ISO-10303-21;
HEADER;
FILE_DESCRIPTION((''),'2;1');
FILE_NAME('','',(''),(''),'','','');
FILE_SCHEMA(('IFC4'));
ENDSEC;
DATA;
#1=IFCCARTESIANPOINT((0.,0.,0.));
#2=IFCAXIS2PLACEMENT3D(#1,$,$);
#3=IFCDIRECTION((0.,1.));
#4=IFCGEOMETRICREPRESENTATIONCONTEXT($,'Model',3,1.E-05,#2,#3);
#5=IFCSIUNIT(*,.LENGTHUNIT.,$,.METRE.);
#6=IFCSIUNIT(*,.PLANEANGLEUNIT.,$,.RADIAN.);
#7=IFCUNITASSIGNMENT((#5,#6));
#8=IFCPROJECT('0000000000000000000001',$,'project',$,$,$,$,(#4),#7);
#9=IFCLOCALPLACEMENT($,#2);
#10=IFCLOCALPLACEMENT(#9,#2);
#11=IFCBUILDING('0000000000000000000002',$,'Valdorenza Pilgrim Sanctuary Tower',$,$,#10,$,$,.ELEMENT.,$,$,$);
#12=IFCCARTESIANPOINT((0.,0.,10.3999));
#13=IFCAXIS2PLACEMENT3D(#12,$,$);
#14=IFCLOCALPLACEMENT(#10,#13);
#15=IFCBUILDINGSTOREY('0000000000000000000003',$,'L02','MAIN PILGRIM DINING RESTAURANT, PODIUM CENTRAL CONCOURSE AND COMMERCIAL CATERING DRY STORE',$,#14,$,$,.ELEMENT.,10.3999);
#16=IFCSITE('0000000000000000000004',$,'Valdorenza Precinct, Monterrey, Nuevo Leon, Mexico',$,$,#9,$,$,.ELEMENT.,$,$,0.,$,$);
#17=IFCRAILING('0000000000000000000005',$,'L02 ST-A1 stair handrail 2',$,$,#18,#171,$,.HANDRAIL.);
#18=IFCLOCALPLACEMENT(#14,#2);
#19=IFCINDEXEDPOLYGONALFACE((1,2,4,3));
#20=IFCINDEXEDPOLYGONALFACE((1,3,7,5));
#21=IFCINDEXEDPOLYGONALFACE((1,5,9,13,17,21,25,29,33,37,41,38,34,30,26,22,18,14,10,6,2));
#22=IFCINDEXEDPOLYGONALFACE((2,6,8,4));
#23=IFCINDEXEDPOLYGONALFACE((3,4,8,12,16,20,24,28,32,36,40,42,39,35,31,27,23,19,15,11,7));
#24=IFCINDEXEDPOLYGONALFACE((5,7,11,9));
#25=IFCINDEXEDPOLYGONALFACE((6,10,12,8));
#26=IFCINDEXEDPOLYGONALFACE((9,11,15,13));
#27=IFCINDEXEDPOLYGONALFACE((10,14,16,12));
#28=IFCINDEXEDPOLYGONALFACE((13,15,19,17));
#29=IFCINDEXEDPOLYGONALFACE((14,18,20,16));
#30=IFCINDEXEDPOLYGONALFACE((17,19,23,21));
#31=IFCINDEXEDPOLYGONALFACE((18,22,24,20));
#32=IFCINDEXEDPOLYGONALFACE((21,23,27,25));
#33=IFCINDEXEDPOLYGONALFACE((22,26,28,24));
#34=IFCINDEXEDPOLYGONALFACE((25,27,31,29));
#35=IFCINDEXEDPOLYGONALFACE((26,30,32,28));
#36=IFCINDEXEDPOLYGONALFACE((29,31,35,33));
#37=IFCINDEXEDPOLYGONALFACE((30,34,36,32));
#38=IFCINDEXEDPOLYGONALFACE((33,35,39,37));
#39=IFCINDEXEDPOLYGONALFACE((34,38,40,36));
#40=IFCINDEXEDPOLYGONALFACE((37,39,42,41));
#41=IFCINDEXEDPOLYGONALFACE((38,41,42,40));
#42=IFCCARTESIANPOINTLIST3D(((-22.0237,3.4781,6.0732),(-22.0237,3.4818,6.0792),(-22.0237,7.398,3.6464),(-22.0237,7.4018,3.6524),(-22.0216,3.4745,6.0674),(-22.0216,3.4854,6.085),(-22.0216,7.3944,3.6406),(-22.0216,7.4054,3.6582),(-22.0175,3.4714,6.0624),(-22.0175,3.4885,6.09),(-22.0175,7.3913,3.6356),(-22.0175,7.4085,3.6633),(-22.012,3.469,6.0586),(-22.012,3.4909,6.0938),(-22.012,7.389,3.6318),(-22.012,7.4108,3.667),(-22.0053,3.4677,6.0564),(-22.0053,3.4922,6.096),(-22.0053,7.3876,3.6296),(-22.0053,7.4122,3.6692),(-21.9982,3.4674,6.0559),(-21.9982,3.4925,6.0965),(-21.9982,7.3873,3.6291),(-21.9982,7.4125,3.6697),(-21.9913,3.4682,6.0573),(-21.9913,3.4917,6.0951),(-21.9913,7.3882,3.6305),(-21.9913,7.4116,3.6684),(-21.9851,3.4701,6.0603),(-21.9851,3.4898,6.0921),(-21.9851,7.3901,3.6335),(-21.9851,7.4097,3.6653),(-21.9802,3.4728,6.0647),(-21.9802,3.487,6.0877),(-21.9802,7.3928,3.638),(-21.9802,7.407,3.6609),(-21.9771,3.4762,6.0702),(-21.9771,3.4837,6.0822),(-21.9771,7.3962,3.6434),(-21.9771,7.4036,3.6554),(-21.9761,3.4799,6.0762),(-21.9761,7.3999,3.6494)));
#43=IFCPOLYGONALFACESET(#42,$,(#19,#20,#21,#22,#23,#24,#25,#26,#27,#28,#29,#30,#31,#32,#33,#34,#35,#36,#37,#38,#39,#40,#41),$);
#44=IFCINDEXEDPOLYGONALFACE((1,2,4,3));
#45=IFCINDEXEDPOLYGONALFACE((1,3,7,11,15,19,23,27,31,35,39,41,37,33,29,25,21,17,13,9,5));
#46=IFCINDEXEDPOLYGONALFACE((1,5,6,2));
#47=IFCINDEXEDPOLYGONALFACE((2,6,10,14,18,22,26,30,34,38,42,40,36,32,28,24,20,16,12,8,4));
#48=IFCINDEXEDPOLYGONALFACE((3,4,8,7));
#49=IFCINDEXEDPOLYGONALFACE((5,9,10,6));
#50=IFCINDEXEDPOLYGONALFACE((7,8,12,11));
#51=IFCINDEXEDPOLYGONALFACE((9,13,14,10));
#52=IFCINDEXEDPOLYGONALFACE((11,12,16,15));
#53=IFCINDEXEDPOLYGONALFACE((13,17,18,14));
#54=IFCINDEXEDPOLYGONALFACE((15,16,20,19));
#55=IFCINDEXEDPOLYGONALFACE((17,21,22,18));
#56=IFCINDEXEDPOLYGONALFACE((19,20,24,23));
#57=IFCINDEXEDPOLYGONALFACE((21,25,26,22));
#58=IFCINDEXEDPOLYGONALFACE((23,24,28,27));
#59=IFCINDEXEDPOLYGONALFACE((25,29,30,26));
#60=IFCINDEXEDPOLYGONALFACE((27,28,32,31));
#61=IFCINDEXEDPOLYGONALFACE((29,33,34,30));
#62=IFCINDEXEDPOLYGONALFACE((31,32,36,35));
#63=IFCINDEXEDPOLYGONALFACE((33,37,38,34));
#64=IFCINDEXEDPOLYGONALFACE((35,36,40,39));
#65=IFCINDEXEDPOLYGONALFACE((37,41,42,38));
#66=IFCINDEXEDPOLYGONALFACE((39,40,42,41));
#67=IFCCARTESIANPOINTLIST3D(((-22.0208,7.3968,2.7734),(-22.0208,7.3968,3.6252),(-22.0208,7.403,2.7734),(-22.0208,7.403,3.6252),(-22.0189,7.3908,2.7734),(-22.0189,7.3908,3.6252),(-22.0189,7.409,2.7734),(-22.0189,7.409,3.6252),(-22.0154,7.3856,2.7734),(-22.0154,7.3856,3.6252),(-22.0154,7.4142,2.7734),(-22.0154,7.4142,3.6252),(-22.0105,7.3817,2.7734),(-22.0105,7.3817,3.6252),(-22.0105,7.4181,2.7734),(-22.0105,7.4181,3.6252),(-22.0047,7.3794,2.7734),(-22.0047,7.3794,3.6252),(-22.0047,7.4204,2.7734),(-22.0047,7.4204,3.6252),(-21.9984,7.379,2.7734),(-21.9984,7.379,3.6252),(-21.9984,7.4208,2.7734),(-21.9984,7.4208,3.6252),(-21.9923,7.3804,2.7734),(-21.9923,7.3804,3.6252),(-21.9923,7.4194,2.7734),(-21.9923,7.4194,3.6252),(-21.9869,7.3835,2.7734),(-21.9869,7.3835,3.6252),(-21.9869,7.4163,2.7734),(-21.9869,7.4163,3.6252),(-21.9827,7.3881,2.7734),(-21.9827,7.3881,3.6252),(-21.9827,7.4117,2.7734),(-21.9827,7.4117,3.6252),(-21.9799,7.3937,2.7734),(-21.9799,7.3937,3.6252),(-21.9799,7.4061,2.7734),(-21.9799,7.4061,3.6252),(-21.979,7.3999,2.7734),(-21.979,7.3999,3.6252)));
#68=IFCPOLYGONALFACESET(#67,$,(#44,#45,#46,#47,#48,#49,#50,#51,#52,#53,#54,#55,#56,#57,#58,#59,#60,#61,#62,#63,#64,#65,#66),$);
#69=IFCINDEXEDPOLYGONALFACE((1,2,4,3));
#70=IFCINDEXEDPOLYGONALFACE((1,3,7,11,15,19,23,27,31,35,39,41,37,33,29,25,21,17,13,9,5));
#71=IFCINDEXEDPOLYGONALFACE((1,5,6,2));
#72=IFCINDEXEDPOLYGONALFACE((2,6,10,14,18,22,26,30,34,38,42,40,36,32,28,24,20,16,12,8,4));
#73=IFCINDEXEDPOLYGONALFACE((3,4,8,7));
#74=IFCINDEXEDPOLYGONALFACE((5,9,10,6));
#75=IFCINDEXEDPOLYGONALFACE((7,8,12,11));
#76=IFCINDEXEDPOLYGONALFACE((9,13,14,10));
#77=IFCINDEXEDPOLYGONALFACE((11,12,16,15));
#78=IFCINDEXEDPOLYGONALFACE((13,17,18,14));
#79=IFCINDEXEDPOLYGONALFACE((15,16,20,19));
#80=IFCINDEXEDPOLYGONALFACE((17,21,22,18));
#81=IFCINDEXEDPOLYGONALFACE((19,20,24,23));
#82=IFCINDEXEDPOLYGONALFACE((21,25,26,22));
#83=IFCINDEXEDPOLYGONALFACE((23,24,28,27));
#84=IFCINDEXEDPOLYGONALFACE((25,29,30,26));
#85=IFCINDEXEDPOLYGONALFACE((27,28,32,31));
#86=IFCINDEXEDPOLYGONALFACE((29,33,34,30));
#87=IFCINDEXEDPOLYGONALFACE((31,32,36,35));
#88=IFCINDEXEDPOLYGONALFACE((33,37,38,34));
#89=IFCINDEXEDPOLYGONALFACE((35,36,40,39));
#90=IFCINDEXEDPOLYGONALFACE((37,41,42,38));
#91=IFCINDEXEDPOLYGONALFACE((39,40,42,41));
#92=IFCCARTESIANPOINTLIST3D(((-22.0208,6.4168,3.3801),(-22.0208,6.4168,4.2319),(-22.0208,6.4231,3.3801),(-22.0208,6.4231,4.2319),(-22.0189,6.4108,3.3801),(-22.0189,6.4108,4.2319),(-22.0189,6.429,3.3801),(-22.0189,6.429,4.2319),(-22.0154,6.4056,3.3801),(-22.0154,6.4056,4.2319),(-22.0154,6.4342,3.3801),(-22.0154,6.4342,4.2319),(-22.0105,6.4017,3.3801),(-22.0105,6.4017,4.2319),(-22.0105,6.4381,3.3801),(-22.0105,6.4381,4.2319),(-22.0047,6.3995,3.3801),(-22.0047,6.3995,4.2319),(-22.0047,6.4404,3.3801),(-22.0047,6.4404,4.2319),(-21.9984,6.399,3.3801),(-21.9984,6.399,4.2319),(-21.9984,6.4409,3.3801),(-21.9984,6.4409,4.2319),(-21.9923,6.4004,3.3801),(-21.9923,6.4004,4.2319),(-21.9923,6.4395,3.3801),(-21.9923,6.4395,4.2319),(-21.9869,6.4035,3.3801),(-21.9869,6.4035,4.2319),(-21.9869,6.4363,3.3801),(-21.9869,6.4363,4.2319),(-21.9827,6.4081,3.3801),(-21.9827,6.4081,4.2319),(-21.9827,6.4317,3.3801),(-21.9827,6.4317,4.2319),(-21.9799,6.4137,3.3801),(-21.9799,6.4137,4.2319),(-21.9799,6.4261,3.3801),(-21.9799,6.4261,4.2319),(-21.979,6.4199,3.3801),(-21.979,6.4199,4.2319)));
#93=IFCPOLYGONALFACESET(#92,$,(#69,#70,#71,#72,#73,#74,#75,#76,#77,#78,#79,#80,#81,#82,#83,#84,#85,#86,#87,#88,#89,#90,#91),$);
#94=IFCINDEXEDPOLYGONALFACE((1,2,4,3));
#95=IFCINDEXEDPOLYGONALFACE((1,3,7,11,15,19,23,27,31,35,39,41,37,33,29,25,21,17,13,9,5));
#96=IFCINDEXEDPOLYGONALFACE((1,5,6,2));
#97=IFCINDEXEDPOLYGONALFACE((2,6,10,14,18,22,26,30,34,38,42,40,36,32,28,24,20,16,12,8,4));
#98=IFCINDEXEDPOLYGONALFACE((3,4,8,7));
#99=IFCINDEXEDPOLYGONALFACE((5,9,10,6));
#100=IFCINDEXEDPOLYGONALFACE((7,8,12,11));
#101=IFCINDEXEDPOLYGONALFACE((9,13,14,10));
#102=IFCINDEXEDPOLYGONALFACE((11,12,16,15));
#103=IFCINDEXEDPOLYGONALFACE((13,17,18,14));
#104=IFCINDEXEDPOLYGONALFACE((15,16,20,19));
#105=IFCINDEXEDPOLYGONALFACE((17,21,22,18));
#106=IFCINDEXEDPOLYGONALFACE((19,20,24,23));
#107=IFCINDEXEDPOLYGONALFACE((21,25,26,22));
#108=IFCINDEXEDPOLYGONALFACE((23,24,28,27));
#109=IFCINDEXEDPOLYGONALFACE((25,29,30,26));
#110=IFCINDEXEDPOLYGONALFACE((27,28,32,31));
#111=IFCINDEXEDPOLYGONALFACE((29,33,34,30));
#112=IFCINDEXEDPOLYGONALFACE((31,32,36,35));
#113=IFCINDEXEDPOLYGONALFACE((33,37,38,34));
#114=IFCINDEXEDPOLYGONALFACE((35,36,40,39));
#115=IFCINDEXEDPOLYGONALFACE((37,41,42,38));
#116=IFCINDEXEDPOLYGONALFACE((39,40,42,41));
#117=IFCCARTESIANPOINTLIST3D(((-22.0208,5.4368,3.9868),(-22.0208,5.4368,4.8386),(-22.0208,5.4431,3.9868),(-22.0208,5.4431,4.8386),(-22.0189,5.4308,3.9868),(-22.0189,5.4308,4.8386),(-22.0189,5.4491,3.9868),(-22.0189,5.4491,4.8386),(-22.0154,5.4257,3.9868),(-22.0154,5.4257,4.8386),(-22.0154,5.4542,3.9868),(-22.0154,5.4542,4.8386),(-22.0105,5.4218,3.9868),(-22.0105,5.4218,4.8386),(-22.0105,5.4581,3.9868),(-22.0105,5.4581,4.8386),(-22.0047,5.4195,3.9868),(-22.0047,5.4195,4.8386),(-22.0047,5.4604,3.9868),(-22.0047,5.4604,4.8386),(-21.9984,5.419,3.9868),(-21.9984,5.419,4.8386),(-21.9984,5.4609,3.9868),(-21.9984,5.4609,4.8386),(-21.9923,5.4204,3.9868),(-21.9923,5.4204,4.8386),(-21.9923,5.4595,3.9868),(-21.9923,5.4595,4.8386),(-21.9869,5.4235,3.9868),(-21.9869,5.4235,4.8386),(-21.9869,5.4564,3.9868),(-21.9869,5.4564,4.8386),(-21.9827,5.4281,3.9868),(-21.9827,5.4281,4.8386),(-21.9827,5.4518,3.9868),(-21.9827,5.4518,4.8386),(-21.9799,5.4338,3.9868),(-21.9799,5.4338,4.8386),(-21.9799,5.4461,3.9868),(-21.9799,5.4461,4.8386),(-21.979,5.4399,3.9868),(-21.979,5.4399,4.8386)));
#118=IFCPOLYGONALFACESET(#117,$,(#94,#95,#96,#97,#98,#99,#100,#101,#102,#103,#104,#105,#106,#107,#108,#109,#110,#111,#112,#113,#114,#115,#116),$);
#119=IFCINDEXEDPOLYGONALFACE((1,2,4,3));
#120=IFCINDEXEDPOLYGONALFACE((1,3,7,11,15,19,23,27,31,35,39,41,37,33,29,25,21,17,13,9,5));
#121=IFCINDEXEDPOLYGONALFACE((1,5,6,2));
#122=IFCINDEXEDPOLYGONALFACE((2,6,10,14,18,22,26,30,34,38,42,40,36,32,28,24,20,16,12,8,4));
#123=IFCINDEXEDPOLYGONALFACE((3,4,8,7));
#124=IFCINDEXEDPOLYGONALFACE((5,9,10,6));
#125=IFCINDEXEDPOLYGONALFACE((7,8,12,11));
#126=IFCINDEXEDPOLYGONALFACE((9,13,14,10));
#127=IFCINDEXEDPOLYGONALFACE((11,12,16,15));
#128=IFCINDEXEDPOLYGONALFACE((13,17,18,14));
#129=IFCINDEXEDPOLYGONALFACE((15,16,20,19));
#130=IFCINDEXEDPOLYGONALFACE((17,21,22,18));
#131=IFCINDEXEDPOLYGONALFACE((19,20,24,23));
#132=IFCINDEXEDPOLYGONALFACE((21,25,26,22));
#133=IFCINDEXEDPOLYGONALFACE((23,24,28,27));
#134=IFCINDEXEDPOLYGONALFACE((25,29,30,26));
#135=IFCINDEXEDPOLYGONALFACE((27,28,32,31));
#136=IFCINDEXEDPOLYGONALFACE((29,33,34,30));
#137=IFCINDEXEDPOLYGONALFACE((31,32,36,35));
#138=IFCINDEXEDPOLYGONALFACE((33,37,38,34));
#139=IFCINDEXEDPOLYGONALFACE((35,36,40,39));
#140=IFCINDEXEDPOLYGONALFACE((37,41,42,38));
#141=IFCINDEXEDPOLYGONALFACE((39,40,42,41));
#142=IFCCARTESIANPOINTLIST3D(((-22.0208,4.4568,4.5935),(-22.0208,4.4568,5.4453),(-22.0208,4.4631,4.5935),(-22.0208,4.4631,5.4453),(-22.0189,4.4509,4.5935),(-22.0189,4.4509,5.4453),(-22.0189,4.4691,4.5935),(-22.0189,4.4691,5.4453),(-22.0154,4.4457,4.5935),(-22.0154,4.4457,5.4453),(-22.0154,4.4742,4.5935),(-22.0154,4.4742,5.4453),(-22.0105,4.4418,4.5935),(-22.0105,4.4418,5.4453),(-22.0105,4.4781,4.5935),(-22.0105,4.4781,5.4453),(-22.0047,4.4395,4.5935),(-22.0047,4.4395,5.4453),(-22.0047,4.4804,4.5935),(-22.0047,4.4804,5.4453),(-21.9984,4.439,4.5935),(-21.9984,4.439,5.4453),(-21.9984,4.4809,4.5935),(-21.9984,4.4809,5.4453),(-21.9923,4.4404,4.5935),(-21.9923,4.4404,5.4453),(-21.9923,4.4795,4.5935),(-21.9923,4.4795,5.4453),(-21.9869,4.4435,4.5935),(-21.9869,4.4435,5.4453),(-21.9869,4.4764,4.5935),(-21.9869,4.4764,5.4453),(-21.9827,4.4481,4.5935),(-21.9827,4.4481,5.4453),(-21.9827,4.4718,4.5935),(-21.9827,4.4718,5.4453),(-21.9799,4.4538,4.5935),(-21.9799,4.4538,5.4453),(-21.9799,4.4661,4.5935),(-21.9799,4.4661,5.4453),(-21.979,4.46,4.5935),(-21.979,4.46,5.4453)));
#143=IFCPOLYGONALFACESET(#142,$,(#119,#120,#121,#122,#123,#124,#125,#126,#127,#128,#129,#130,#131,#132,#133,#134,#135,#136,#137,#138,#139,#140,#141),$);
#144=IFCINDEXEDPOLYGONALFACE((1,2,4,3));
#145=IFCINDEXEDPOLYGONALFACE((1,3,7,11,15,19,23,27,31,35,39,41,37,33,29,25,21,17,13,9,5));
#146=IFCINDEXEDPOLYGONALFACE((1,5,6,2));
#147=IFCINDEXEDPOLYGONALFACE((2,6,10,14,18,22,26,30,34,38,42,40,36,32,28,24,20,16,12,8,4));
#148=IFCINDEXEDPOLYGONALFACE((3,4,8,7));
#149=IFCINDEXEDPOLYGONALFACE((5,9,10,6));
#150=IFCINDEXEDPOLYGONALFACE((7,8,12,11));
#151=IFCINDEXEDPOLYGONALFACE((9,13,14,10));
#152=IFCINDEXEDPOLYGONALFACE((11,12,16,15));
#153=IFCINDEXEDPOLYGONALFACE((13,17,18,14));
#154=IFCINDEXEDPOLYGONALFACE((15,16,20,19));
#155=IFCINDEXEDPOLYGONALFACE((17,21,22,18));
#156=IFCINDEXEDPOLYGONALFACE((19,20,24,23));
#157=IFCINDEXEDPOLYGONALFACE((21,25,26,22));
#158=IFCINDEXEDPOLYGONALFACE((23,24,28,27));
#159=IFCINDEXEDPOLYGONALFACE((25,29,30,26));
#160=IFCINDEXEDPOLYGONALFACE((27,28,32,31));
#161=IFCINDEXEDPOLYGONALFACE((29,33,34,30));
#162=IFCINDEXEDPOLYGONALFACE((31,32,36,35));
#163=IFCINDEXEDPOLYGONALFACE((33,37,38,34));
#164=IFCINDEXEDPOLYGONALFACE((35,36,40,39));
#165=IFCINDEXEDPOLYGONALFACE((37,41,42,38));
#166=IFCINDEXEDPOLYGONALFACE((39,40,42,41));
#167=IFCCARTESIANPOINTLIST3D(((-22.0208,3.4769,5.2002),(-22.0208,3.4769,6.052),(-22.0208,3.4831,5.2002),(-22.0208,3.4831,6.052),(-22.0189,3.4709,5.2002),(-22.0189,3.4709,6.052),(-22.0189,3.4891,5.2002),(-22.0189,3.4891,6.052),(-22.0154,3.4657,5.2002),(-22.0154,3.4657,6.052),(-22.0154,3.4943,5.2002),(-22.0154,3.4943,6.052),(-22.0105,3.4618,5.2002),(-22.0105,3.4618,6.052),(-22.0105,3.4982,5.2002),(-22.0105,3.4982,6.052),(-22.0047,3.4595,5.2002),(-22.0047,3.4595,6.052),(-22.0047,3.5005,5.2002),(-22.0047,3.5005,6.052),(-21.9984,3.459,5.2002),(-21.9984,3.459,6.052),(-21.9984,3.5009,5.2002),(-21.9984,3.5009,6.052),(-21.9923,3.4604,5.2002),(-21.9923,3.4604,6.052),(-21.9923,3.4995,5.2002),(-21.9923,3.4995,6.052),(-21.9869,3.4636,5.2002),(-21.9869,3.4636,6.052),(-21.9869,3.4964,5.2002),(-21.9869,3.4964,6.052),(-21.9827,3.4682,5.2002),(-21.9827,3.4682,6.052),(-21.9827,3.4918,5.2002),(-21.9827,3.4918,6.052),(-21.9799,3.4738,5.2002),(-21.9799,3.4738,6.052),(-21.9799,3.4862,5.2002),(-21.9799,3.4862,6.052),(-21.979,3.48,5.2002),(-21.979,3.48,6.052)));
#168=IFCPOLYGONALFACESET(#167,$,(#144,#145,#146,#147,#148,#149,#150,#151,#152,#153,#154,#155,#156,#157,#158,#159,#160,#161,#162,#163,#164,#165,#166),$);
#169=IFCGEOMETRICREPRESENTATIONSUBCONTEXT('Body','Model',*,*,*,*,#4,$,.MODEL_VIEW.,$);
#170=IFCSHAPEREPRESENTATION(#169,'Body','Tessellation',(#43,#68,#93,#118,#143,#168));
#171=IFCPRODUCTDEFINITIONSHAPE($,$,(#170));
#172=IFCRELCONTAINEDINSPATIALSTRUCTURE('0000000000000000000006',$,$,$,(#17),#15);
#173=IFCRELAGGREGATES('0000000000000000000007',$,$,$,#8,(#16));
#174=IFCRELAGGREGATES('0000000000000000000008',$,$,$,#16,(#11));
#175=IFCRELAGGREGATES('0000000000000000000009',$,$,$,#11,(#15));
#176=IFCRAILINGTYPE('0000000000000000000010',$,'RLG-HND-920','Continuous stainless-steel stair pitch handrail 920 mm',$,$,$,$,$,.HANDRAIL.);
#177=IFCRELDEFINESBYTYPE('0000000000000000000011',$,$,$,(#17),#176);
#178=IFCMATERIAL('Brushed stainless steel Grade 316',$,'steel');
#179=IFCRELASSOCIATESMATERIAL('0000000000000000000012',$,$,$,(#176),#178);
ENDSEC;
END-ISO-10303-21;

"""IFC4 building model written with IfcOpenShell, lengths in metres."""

from ifc_helpers import new_model, si_unit, direction, frame, origin, origin_2d, place, context, subcontext, project, spatial, circle, extrude, material, type_object, element, save


model = new_model("IFC4")

# Units and contexts
model_context = context("Model", 3, precision=1e-05, world=origin(), true_north=direction((0.0, 1.0)))
body_context = subcontext(model_context, "Body", "Model", "MODEL_VIEW")
ifc_project = project(units=[si_unit("LENGTHUNIT", "METRE"), si_unit("PLANEANGLEUNIT", "RADIAN")], contexts=[model_context])

# Site, building, storey
site_placement = place(None, origin())
site = spatial("IfcSite", under=ifc_project, at=site_placement, Name="Valdorenza Precinct, Monterrey, Nuevo Leon, Mexico", CompositionType="ELEMENT", RefElevation=0.0)
building_placement = place(site_placement, origin())
building = spatial("IfcBuilding", under=site, at=building_placement, Name="Valdorenza Pilgrim Sanctuary Tower", CompositionType="ELEMENT")
storey_placement = place(building_placement, frame((0.0, 0.0, 10.3999)))
storey = spatial("IfcBuildingStorey", under=building, at=storey_placement, Name="L02", Description="MAIN PILGRIM DINING RESTAURANT, PODIUM CENTRAL CONCOURSE AND COMMERCIAL CATERING DRY STORE", CompositionType="ELEMENT", Elevation=10.3999)

# Railing
ifc_material_1 = material(Name="Brushed stainless steel Grade 316", Category="steel")
railing_type = type_object("IfcRailingType", Name="RLG-HND-920", Description="Continuous stainless-steel stair pitch handrail 920 mm", PredefinedType="HANDRAIL", material=ifc_material_1)
railing_placement = place(storey_placement, frame((-22.0, 7.3999, 2.7734)))
element("IfcRailing", 1, at=railing_placement, inside=storey, type_object=railing_type, Name="L02 ST-A1 stair handrail 2", PredefinedType="HANDRAIL", context=body_context, shape_type="SweptSolid", body=[
    extrude(circle(Radius=0.0239, at=origin_2d()), frame((0.0, 0.0, 0.876), z_axis=(0.0, -0.850252, 0.526376), x_axis=(1.0, 0.0, 0.0)), (0.0, 0.0, 1.0), 4.6104),
    extrude(circle(Radius=0.021, at=origin_2d()), origin(), (0.0, 0.0, 1.0), 0.8518),
    extrude(circle(Radius=0.021, at=origin_2d()), frame((0.0, -0.98, 0.6067)), (0.0, 0.0, 1.0), 0.8518),
    extrude(circle(Radius=0.021, at=origin_2d()), frame((0.0, -1.96, 1.2134)), (0.0, 0.0, 1.0), 0.8518),
    extrude(circle(Radius=0.021, at=origin_2d()), frame((0.0, -2.9399, 1.8201)), (0.0, 0.0, 1.0), 0.8518),
    extrude(circle(Radius=0.021, at=origin_2d()), frame((0.0, -3.9199, 2.4268)), (0.0, 0.0, 1.0), 0.8518),
])

save(model, "model.ifc")
